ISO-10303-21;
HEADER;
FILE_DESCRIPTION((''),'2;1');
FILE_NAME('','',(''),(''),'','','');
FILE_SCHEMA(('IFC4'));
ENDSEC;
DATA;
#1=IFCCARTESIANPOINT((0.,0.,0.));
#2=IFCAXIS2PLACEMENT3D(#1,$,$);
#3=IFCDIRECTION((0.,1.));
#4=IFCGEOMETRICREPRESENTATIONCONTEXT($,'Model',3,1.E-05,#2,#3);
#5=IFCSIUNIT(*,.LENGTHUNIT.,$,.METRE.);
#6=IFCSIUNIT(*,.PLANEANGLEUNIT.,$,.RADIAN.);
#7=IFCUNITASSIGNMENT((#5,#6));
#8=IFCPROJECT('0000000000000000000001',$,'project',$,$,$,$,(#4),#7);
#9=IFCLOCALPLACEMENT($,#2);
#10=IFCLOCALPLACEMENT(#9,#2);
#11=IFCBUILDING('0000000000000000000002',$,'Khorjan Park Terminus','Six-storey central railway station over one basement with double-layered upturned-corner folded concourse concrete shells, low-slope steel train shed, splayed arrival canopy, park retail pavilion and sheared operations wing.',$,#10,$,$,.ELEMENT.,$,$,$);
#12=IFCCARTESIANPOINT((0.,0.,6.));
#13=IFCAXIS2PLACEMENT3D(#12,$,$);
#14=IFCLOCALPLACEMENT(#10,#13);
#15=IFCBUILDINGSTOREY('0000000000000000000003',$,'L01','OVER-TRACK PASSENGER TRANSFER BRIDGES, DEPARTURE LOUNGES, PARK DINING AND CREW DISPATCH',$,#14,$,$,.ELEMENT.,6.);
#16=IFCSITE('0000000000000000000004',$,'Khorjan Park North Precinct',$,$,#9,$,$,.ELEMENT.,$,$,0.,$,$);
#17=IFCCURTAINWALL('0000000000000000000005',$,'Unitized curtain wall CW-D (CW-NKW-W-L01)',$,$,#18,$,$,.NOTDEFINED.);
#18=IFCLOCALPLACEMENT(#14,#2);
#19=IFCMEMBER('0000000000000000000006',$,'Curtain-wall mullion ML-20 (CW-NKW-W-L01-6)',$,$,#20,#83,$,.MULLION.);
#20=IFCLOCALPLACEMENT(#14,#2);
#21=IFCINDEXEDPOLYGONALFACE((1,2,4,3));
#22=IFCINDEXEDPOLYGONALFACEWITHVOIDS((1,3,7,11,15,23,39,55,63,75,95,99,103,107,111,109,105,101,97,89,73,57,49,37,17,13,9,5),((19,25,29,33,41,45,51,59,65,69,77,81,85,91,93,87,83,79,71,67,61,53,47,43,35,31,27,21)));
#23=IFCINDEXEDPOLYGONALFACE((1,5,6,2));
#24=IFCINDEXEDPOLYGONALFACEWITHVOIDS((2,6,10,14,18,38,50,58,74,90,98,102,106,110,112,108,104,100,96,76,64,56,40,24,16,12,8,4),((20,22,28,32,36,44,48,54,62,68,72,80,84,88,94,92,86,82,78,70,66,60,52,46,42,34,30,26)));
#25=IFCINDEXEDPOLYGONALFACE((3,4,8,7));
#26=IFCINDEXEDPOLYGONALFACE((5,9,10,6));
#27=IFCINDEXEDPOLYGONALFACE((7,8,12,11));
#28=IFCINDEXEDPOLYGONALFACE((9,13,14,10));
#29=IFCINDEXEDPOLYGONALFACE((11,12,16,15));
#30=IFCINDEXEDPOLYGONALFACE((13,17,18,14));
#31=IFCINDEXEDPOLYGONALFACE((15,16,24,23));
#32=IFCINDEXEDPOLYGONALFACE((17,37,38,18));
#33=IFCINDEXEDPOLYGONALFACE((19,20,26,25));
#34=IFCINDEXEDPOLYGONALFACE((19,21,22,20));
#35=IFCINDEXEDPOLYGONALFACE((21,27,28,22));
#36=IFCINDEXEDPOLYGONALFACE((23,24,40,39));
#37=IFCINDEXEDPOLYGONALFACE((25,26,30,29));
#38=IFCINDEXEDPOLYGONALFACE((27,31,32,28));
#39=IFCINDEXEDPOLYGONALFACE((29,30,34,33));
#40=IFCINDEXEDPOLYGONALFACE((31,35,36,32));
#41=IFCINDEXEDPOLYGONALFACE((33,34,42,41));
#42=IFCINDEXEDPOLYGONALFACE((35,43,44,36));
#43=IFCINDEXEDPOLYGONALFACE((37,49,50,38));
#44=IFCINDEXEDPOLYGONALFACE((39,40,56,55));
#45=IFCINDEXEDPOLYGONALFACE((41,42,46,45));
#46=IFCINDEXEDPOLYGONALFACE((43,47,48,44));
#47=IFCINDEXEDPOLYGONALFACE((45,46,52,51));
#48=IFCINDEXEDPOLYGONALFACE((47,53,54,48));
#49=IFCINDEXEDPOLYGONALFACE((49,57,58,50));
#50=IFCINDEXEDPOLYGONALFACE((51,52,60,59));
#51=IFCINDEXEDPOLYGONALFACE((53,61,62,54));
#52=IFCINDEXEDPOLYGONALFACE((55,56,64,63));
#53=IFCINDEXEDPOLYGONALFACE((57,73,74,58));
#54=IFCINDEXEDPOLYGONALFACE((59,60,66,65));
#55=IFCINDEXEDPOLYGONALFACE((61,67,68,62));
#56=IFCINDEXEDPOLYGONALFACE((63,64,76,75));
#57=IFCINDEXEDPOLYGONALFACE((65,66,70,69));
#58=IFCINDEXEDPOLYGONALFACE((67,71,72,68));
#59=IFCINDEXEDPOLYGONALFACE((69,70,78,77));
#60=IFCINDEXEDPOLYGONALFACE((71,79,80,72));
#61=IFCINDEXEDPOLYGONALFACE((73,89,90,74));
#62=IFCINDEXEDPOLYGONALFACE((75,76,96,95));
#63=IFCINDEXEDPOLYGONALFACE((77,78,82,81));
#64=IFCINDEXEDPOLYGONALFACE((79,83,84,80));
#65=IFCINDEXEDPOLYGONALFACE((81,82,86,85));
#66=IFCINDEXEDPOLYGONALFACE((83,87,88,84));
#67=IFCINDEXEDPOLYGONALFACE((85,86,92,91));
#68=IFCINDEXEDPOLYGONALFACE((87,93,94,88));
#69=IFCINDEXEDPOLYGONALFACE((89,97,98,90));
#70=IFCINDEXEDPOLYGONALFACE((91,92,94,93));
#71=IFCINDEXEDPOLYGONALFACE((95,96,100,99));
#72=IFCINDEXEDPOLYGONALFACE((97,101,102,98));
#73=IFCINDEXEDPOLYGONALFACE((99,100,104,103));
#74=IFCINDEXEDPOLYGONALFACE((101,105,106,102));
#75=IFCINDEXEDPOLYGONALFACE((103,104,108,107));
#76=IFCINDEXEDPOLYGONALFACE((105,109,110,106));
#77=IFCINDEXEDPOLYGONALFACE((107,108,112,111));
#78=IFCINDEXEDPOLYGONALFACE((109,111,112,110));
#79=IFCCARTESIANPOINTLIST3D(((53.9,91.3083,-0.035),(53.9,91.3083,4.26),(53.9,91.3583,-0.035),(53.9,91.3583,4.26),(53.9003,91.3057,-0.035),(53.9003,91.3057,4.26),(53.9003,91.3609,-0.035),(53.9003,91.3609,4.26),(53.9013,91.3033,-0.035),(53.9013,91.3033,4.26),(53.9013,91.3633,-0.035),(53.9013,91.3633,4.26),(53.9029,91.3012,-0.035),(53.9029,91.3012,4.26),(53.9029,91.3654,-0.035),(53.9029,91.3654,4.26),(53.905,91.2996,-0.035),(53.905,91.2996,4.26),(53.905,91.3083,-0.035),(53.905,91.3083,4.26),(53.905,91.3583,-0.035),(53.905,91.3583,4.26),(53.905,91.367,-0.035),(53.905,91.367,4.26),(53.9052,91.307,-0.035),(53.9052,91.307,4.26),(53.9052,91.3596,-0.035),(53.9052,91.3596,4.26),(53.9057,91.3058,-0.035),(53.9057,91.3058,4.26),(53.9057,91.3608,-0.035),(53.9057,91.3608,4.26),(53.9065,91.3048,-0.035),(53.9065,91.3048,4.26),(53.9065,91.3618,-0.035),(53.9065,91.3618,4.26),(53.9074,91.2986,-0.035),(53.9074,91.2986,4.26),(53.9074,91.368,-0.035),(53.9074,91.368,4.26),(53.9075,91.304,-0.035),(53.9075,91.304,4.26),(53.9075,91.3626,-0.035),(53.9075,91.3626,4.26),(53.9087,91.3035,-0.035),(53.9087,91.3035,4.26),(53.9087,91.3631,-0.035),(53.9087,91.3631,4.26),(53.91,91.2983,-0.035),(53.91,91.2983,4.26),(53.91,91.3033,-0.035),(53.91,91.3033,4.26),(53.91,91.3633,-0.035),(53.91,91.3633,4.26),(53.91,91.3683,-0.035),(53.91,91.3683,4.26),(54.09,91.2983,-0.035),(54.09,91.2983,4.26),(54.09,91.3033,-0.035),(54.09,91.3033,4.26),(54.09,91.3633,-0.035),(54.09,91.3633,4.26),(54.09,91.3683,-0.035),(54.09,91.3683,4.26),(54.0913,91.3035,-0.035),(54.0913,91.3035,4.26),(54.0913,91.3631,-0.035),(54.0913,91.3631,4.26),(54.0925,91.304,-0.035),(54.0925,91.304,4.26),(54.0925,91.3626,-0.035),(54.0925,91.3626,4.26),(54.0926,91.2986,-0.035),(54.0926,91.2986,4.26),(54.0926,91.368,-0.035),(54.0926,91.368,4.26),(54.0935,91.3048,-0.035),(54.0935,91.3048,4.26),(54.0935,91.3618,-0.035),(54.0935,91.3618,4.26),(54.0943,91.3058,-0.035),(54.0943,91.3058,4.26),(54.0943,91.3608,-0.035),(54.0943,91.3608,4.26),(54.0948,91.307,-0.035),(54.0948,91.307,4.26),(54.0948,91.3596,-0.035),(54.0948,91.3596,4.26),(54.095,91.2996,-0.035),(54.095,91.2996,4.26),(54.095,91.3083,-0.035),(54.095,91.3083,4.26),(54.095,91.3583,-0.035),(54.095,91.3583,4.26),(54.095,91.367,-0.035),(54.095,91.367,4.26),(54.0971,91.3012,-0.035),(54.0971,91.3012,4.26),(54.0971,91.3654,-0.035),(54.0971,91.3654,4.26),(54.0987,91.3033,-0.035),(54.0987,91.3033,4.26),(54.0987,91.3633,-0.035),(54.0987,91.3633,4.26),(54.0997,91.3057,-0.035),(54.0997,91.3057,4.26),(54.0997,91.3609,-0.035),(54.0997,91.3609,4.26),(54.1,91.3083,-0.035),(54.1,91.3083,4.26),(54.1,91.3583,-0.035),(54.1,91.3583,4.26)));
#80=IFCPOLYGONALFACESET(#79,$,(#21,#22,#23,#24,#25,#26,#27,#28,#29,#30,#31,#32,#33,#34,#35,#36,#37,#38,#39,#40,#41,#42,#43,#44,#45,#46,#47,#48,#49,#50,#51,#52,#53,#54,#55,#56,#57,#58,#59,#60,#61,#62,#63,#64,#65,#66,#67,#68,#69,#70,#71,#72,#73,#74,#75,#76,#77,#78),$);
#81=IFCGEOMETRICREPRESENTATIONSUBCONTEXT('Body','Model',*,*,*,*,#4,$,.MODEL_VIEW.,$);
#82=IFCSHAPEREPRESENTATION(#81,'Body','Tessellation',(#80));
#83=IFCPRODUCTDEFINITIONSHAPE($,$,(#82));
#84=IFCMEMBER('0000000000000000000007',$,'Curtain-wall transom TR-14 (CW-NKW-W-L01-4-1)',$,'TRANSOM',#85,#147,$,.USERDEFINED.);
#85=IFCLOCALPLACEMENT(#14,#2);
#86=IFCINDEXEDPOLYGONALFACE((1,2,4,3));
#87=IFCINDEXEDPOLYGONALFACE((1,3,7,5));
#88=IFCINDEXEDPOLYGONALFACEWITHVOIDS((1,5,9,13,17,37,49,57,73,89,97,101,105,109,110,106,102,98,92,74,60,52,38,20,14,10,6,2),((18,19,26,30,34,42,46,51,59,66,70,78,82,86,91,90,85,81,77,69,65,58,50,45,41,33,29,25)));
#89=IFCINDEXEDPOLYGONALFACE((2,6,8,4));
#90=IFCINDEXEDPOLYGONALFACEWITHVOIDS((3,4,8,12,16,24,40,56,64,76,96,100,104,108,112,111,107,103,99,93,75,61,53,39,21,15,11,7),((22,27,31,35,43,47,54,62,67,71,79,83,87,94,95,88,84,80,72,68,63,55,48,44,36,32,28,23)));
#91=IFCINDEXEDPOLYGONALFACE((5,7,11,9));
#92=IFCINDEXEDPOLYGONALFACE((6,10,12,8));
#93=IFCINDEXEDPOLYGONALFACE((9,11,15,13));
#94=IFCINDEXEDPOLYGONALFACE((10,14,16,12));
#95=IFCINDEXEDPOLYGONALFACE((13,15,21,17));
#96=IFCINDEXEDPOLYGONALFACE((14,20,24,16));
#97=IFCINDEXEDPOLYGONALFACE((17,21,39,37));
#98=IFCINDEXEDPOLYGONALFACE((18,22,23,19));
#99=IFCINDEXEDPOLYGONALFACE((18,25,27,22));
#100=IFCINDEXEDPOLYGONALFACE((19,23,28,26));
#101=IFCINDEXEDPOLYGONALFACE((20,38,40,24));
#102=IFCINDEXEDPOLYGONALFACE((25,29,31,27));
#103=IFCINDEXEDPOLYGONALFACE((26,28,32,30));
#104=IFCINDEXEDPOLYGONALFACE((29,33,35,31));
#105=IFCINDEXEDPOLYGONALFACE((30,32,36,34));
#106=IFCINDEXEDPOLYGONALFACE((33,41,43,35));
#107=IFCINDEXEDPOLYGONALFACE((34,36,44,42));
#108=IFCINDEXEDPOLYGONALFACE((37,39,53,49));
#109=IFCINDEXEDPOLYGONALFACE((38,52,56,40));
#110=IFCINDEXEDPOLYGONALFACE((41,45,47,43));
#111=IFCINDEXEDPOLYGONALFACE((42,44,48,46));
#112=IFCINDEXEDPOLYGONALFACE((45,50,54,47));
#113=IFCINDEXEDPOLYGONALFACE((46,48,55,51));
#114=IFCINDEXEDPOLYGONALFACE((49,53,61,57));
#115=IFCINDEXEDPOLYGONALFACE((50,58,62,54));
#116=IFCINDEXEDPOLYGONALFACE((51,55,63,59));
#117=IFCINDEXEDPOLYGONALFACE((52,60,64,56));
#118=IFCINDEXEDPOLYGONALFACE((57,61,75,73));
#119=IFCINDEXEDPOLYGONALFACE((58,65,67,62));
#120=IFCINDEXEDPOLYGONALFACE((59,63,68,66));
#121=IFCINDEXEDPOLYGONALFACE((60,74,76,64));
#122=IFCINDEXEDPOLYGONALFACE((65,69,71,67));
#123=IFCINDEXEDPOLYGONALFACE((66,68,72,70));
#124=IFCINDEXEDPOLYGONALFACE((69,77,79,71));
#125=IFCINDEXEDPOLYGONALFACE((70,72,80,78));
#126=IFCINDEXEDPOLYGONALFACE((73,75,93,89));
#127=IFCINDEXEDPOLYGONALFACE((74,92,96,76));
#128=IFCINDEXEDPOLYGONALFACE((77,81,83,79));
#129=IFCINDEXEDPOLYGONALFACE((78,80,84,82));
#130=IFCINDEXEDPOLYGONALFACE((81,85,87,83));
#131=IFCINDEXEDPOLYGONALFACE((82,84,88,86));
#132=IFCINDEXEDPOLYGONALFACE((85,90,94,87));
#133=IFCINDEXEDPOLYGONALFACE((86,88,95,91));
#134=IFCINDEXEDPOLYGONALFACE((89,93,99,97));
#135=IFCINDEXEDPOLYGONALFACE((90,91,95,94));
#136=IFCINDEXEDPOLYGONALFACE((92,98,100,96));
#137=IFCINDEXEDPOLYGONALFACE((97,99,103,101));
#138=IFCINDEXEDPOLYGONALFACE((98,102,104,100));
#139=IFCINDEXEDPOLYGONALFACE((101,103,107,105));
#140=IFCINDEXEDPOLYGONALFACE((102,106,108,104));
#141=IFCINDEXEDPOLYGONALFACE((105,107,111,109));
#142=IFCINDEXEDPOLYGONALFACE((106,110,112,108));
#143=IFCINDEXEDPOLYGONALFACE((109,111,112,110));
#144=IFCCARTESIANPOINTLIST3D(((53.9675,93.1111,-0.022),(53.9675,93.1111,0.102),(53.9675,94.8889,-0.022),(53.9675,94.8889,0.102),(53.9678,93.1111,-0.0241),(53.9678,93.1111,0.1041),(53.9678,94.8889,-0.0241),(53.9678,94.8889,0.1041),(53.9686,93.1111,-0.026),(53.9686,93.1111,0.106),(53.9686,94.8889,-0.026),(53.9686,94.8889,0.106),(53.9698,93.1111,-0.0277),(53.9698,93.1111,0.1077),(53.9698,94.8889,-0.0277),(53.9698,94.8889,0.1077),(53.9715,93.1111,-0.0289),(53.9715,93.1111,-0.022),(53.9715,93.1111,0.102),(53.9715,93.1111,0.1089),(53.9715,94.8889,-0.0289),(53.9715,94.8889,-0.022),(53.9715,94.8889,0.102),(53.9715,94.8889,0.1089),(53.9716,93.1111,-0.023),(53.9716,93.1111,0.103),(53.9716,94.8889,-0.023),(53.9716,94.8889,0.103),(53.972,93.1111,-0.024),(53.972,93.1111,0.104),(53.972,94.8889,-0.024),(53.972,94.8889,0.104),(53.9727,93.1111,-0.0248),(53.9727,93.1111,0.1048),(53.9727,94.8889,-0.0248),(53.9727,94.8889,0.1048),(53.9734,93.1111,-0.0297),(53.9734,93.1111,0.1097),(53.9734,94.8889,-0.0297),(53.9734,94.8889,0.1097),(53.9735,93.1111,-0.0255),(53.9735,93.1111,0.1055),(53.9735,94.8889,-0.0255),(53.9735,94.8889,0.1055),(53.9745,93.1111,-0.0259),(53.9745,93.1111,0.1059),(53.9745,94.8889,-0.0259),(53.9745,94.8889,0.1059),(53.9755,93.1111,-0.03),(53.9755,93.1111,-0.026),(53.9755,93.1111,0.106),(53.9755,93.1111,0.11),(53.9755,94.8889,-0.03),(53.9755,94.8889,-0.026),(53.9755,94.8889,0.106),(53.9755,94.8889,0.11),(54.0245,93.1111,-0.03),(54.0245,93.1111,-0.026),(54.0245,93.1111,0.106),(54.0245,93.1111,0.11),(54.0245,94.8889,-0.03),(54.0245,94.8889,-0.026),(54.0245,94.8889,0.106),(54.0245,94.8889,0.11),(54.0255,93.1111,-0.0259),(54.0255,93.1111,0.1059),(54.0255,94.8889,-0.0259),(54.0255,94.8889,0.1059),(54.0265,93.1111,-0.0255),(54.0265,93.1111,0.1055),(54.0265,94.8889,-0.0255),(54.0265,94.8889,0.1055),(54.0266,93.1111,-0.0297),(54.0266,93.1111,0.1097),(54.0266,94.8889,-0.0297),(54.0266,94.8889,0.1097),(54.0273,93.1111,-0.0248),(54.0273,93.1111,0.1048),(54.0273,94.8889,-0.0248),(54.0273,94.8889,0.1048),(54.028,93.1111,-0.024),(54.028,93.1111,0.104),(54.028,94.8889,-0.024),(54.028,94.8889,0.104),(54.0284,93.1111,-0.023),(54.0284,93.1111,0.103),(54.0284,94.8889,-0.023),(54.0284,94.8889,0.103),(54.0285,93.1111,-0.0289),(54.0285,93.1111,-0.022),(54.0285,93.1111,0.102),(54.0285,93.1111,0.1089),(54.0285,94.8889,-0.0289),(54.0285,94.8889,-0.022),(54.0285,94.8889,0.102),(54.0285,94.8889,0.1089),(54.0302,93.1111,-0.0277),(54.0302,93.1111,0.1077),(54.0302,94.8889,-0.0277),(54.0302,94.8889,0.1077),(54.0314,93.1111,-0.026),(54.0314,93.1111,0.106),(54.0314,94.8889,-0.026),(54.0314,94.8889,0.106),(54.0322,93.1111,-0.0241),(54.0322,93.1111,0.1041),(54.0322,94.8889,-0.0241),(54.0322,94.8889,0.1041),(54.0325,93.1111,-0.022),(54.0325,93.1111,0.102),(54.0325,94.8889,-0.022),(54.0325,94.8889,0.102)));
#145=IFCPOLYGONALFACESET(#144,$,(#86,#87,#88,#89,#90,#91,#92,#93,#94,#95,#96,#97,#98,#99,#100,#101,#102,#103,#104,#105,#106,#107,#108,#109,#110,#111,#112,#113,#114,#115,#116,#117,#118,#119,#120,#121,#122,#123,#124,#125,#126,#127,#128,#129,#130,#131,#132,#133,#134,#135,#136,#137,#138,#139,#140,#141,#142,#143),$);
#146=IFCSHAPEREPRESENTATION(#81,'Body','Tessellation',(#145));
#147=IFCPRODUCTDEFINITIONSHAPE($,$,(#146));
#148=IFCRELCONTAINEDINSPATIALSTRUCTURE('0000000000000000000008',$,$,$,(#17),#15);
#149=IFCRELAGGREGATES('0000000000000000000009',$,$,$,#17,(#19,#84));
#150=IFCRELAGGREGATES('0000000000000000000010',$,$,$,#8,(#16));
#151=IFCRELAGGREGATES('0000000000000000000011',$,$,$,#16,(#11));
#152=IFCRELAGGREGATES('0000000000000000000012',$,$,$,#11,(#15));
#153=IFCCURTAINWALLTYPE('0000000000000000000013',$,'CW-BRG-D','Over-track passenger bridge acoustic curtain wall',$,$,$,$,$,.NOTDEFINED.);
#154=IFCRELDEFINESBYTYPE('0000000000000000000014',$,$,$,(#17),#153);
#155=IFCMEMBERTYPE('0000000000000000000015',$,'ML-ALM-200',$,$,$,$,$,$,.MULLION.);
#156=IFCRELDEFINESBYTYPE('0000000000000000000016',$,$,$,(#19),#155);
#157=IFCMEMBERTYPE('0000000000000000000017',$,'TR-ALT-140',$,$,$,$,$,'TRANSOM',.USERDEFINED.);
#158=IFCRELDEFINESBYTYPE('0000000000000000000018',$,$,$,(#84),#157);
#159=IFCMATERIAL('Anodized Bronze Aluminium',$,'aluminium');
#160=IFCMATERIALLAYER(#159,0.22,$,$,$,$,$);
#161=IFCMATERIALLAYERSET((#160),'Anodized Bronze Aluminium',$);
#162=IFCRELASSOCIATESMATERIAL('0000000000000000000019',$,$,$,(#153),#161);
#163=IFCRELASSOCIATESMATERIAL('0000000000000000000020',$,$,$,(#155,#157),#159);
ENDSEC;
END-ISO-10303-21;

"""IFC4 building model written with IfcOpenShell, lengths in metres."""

from ifc_helpers import new_model, si_unit, direction, frame, origin, origin_2d, place, context, subcontext, project, spatial, hollow_rectangle, extrude, material, layer, layer_set, material_profile, profile_set, type_object, element, aggregate, save


model = new_model("IFC4")

# Units and contexts
model_context = context("Model", 3, precision=1e-05, world=origin(), true_north=direction((0.0, 1.0)))
body_context = subcontext(model_context, "Body", "Model", "MODEL_VIEW")
ifc_project = project(units=[si_unit("LENGTHUNIT", "METRE"), si_unit("PLANEANGLEUNIT", "RADIAN")], contexts=[model_context])

# Site, building, storey
site_placement = place(None, origin())
site = spatial("IfcSite", under=ifc_project, at=site_placement, Name="Khorjan Park North Precinct", CompositionType="ELEMENT", RefElevation=0.0)
building_placement = place(site_placement, origin())
building = spatial("IfcBuilding", under=site, at=building_placement, Name="Khorjan Park Terminus", Description="Six-storey central railway station over one basement with double-layered upturned-corner folded concourse concrete shells, low-slope steel train shed, splayed arrival canopy, park retail pavilion and sheared operations wing.", CompositionType="ELEMENT")
storey_placement = place(building_placement, frame((0.0, 0.0, 6.0)))
storey = spatial("IfcBuildingStorey", under=building, at=storey_placement, Name="L01", Description="OVER-TRACK PASSENGER TRANSFER BRIDGES, DEPARTURE LOUNGES, PARK DINING AND CREW DISPATCH", CompositionType="ELEMENT", Elevation=6.0)

# Curtain wall, members
ifc_material_1 = material(Name="Anodized Bronze Aluminium", Category="aluminium")
ifc_layer_1 = layer(ifc_material_1, 0.22)
ifc_layer_set_1 = layer_set([ifc_layer_1], Name="Anodized Bronze Aluminium")
curtain_wall_type = type_object("IfcCurtainWallType", Name="CW-BRG-D", Description="Over-track passenger bridge acoustic curtain wall", PredefinedType="NOTDEFINED", material=ifc_layer_set_1)
curtain_wall_placement = place(storey_placement, origin())
curtain_wall = element("IfcCurtainWall", 1, at=curtain_wall_placement, inside=storey, type_object=curtain_wall_type, Name="Unitized curtain wall CW-D (CW-NKW-W-L01)", PredefinedType="NOTDEFINED")
ifc_material_profile_1 = material_profile(ifc_material_1, hollow_rectangle(XDim=0.07, YDim=0.2, WallThickness=0.005, InnerFilletRadius=0.005, OuterFilletRadius=0.01, at=origin_2d()), Name="ALM 70x200x5")
ifc_profile_set_1 = profile_set([ifc_material_profile_1], Name="Anodized Bronze Aluminium")
member_type_1 = type_object("IfcMemberType", Name="ML-ALM-200", PredefinedType="MULLION", material=ifc_profile_set_1)
member_1_placement = place(storey_placement, frame((54.0, 91.3333, -0.035), z_axis=(0.0, 0.0, 1.0), x_axis=(0.0, -1.0, 0.0)))
member_1 = element("IfcMember", 2, at=member_1_placement, type_object=member_type_1, Name="Curtain-wall mullion ML-20 (CW-NKW-W-L01-6)", PredefinedType="MULLION", context=body_context, shape_type="SweptSolid", body=[
    extrude(hollow_rectangle(XDim=0.07, YDim=0.2, WallThickness=0.005, InnerFilletRadius=0.005, OuterFilletRadius=0.01, at=origin_2d()), origin(), (0.0, 0.0, 1.0), 4.295),
])
ifc_material_profile_2 = material_profile(ifc_material_1, hollow_rectangle(XDim=0.065, YDim=0.14, WallThickness=0.004, InnerFilletRadius=0.004, OuterFilletRadius=0.008, at=origin_2d()), Name="ALT 65x140x4")
ifc_profile_set_2 = profile_set([ifc_material_profile_2], Name="Anodized Bronze Aluminium")
member_type_2 = type_object("IfcMemberType", Name="TR-ALT-140", ElementType="TRANSOM", PredefinedType="USERDEFINED", material=ifc_profile_set_2)
member_2_placement = place(storey_placement, frame((54.0, 94.8889, 0.04), z_axis=(0.0, -1.0, 0.0), x_axis=(1.0, 0.0, 0.0)))
member_2 = element("IfcMember", 3, at=member_2_placement, type_object=member_type_2, Name="Curtain-wall transom TR-14 (CW-NKW-W-L01-4-1)", ObjectType="TRANSOM", PredefinedType="USERDEFINED", context=body_context, shape_type="SweptSolid", body=[
    extrude(hollow_rectangle(XDim=0.065, YDim=0.14, WallThickness=0.004, InnerFilletRadius=0.004, OuterFilletRadius=0.008, at=origin_2d()), origin(), (0.0, 0.0, 1.0), 1.7778),
])
aggregate(curtain_wall, [member_1, member_2])

save(model, "model.ifc")
